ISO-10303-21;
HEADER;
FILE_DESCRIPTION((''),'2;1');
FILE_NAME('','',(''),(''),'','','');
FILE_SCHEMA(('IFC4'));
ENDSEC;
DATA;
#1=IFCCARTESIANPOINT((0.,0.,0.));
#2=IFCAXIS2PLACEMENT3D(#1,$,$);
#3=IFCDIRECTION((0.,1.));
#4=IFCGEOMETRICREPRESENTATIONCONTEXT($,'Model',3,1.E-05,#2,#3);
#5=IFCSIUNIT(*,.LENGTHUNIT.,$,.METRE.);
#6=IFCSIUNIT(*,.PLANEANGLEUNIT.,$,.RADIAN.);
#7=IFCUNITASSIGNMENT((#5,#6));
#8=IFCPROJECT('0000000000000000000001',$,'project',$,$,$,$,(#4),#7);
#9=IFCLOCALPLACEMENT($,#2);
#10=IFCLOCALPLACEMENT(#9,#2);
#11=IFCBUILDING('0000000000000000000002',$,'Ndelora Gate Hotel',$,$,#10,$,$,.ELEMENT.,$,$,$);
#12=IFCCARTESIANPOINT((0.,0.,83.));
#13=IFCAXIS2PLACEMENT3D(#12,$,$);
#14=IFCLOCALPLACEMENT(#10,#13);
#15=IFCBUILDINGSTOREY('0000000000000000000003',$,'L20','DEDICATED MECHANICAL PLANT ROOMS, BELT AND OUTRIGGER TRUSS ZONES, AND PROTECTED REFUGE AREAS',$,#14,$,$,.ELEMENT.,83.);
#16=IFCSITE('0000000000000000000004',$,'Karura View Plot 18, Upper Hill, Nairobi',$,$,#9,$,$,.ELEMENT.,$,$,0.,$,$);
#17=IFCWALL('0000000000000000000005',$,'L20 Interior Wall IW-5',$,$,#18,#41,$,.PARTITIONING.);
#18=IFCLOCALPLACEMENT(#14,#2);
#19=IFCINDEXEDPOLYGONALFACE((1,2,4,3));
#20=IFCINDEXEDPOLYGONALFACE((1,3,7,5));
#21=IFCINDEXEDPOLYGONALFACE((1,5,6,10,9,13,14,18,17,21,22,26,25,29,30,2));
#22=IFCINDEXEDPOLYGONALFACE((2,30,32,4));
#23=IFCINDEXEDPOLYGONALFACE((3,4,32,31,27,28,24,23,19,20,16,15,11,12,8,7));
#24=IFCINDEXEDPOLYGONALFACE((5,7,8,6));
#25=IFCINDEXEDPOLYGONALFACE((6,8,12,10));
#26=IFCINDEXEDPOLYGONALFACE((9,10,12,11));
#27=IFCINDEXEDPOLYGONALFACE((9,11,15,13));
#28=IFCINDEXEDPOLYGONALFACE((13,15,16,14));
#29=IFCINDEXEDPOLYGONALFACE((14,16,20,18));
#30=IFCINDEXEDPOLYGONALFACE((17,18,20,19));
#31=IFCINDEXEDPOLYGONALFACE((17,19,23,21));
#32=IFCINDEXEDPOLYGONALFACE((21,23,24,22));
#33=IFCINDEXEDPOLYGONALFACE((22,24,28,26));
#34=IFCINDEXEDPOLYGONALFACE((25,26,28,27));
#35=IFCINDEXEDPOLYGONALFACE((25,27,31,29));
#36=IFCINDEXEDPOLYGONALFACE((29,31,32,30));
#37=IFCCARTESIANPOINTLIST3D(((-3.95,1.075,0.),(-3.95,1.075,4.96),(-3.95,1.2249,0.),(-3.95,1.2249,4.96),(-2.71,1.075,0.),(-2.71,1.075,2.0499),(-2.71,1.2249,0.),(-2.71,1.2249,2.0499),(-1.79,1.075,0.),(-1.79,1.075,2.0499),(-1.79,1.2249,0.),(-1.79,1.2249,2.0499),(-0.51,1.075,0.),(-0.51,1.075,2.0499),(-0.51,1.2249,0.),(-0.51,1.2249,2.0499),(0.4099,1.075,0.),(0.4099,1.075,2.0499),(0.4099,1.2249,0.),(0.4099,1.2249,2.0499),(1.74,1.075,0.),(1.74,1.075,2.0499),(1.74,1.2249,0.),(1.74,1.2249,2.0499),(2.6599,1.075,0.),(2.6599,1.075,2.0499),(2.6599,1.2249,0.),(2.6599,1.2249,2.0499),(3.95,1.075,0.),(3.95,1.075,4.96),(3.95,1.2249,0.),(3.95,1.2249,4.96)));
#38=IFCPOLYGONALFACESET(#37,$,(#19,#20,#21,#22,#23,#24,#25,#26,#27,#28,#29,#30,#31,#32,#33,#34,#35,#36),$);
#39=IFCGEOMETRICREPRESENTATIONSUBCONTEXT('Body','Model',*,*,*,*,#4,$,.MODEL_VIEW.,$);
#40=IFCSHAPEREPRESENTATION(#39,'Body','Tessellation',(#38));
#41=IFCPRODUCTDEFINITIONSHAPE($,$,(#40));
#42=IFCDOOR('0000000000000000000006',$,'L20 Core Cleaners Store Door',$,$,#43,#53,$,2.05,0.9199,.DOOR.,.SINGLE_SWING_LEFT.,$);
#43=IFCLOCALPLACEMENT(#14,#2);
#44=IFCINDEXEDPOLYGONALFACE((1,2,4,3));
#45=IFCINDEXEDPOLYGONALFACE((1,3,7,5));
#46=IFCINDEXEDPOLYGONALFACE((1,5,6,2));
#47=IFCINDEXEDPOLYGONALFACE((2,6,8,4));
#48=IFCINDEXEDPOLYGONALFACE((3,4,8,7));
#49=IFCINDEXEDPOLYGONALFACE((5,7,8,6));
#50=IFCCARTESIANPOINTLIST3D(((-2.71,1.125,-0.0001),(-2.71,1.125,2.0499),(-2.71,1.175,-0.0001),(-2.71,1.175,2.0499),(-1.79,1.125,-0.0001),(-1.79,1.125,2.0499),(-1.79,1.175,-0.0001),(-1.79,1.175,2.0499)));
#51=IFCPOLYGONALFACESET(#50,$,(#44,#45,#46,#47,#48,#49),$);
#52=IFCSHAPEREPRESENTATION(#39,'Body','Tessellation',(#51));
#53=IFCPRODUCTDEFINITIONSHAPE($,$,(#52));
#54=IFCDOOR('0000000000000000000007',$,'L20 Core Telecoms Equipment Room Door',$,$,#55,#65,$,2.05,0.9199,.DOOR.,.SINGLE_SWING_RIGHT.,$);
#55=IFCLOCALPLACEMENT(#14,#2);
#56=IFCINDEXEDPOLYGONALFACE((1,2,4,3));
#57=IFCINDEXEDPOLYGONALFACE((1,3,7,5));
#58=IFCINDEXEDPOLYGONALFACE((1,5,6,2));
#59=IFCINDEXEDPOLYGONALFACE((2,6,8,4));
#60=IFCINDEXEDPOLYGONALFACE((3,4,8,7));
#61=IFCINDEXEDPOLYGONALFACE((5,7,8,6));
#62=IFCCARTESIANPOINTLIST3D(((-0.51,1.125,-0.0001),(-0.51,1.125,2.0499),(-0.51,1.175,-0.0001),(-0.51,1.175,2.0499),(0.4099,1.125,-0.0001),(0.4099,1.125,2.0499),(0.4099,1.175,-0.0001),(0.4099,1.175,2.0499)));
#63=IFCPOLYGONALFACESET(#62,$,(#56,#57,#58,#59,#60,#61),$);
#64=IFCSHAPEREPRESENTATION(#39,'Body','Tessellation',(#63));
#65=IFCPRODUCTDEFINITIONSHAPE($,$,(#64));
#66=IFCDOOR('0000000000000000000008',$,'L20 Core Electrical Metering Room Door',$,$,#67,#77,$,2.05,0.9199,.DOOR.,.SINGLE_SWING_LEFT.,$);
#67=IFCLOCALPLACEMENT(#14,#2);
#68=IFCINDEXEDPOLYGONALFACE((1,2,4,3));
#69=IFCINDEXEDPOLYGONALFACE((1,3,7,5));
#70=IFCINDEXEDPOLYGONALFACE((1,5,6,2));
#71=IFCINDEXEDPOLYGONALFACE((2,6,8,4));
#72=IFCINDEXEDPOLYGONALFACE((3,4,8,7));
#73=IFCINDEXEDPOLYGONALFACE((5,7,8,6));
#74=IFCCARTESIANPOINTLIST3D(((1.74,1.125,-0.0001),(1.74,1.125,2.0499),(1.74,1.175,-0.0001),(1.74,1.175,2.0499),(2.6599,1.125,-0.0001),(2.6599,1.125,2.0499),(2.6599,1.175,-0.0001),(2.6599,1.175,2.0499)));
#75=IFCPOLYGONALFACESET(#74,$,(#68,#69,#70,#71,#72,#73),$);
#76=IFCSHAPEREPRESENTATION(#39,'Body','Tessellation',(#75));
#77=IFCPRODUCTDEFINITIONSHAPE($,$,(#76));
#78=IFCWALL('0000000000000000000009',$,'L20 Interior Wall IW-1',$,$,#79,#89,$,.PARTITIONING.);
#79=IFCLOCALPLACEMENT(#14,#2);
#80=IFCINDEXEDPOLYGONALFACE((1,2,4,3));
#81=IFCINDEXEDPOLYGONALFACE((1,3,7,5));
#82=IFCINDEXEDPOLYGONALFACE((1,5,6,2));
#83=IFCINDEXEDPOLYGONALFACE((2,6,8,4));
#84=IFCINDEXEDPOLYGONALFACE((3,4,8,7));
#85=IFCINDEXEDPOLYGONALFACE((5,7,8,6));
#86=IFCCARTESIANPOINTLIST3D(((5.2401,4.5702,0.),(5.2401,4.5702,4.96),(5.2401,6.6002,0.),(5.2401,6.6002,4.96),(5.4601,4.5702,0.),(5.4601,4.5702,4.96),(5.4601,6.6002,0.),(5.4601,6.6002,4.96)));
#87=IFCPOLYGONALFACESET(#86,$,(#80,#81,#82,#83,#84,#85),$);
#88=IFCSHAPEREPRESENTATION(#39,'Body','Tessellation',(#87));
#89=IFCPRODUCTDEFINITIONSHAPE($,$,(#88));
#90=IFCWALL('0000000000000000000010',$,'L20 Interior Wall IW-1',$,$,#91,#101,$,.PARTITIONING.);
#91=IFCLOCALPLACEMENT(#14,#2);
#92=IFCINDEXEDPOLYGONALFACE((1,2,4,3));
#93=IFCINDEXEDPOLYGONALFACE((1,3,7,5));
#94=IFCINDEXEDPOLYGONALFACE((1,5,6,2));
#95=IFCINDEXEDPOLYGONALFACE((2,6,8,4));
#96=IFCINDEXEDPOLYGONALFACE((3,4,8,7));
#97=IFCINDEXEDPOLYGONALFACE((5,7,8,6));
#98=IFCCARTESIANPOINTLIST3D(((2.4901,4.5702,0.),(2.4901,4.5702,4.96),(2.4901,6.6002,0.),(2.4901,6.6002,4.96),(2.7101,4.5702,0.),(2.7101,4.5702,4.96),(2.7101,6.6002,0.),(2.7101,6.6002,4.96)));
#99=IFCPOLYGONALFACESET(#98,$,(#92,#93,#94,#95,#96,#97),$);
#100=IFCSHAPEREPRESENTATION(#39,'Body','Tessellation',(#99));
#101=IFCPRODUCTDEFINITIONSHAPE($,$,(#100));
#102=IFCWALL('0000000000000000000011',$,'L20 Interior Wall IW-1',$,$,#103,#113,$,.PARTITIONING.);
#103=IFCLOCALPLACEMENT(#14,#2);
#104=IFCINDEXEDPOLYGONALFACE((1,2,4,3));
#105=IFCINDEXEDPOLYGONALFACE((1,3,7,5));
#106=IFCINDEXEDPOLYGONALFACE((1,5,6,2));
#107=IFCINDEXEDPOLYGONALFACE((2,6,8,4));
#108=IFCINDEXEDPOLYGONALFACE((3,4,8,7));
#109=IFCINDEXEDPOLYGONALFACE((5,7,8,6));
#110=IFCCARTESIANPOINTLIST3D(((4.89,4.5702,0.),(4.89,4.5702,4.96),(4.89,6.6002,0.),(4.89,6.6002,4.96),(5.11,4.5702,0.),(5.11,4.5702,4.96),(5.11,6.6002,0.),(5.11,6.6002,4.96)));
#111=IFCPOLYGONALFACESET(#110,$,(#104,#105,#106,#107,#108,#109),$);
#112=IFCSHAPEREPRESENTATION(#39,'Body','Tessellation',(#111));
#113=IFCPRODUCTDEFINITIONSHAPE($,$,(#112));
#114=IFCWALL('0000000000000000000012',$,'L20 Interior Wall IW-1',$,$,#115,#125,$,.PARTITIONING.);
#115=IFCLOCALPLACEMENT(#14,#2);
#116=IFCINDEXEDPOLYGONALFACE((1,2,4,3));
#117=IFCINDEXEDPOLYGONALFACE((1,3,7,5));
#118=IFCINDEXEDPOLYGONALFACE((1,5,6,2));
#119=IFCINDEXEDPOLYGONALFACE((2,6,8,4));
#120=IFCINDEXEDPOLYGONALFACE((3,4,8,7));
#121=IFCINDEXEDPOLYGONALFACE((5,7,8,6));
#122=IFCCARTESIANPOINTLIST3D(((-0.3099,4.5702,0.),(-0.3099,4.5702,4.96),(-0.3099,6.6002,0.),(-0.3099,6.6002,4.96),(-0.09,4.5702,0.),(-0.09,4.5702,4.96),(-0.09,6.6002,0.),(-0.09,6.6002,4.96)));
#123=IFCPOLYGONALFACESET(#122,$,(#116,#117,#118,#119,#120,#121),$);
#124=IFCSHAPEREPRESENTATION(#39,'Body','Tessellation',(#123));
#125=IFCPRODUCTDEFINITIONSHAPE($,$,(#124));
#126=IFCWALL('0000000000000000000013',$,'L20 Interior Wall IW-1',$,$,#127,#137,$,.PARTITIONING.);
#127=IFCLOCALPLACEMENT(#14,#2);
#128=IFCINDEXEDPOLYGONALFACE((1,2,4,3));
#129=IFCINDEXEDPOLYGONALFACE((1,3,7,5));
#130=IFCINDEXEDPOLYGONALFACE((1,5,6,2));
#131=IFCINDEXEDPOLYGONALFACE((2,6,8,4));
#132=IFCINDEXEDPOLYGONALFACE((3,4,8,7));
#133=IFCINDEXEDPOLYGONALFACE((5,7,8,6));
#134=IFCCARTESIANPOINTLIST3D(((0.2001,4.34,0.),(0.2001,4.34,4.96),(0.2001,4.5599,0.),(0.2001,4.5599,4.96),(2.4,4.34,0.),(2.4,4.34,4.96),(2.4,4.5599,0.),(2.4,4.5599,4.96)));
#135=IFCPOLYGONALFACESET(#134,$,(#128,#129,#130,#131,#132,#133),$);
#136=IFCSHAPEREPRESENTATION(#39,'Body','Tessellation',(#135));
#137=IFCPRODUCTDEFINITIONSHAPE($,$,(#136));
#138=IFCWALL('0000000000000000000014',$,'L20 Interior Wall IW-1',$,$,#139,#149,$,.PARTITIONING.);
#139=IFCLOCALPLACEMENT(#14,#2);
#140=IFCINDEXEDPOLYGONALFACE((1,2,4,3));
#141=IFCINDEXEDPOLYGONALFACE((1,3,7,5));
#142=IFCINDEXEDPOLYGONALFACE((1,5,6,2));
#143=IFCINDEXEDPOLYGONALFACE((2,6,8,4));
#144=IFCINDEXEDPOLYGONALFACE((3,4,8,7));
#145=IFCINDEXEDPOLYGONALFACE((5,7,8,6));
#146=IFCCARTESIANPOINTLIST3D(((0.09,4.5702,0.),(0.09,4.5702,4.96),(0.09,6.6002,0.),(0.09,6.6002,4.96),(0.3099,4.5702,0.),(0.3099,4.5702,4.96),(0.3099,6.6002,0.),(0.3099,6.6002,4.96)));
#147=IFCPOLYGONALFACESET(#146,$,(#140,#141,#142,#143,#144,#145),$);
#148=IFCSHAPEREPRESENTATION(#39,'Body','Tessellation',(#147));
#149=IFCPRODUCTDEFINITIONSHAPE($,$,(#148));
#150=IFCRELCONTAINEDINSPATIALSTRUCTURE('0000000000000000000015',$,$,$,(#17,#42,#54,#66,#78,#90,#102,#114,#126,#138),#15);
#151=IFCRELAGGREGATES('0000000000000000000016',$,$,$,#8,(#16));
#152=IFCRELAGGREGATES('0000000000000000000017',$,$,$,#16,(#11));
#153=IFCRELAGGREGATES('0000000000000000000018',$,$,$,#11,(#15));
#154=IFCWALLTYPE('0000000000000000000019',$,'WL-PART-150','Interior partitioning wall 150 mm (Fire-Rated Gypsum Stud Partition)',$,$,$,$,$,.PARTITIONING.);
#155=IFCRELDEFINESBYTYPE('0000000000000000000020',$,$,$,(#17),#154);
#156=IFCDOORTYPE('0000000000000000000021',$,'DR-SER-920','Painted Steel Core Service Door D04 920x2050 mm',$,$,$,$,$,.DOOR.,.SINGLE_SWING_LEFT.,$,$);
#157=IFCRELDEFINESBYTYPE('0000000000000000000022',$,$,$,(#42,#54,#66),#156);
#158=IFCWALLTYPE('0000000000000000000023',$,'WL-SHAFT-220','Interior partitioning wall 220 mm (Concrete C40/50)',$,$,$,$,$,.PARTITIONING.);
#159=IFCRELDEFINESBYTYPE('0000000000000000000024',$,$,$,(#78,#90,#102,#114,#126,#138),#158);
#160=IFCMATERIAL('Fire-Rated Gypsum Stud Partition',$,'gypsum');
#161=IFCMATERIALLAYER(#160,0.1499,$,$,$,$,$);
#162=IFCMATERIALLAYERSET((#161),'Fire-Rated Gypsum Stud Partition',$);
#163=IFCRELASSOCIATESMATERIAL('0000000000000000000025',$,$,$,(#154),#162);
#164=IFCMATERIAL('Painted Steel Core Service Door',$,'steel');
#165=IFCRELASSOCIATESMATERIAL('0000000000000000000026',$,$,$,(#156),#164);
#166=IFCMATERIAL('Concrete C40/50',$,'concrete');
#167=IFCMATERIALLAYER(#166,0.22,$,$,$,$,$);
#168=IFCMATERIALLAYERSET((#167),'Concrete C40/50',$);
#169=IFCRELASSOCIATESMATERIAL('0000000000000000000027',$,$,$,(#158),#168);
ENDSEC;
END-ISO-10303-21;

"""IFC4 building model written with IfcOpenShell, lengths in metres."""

from ifc_helpers import new_model, si_unit, direction, frame, frame_2d, origin, place, context, subcontext, project, spatial, rectangle, extrude, material, layer, layer_set, type_object, element, fill, save


model = new_model("IFC4")

# Units and contexts
model_context = context("Model", 3, precision=1e-05, world=origin(), true_north=direction((0.0, 1.0)))
body_context = subcontext(model_context, "Body", "Model", "MODEL_VIEW")
ifc_project = project(units=[si_unit("LENGTHUNIT", "METRE"), si_unit("PLANEANGLEUNIT", "RADIAN")], contexts=[model_context])

# Site, building, storey
site_placement = place(None, origin())
site = spatial("IfcSite", under=ifc_project, at=site_placement, Name="Karura View Plot 18, Upper Hill, Nairobi", CompositionType="ELEMENT", RefElevation=0.0)
building_placement = place(site_placement, origin())
building = spatial("IfcBuilding", under=site, at=building_placement, Name="Ndelora Gate Hotel", CompositionType="ELEMENT")
storey_placement = place(building_placement, frame((0.0, 0.0, 83.0)))
storey = spatial("IfcBuildingStorey", under=building, at=storey_placement, Name="L20", Description="DEDICATED MECHANICAL PLANT ROOMS, BELT AND OUTRIGGER TRUSS ZONES, AND PROTECTED REFUGE AREAS", CompositionType="ELEMENT", Elevation=83.0)

# Shared definitions
ifc_material_1 = material(Name="Concrete C40/50", Category="concrete")

# Wall, openings, doors
ifc_material_2 = material(Name="Fire-Rated Gypsum Stud Partition", Category="gypsum")
ifc_layer_1 = layer(ifc_material_2, 0.1499)
ifc_layer_set_1 = layer_set([ifc_layer_1], Name="Fire-Rated Gypsum Stud Partition")
wall_type_1 = type_object("IfcWallType", Name="WL-PART-150", Description="Interior partitioning wall 150 mm (Fire-Rated Gypsum Stud Partition)", PredefinedType="PARTITIONING", material=ifc_layer_set_1)
wall_1_placement = place(storey_placement, frame((3.95, 1.1499, 0.0), z_axis=(0.0, 0.0, 1.0), x_axis=(-1.0, 0.0, 0.0)))
wall_1 = element("IfcWall", 1, at=wall_1_placement, inside=storey, type_object=wall_type_1, Name="L20 Interior Wall IW-5", PredefinedType="PARTITIONING", context=body_context, shape_type="SweptSolid", body=[
    extrude(rectangle(XDim=7.8999, YDim=0.1499, at=frame_2d((3.95, 0.0))), origin(), (0.0, 0.0, 1.0), 4.96),
])
opening_1_placement = place(wall_1_placement, frame((5.74, 0.0, 0.0)))
opening_1 = element("IfcOpeningElement", 2, at=opening_1_placement, cuts=wall_1, PredefinedType="OPENING", context=body_context, shape_type="SweptSolid", body=[
    extrude(rectangle(XDim=0.9199, YDim=2.05, at=frame_2d((0.46, 1.0249))), frame((0.0, 0.085, 0.0), z_axis=(0.0, -1.0, 0.0), x_axis=(1.0, 0.0, 0.0)), (0.0, 0.0, 1.0), 0.1699),
])
opening_2_placement = place(wall_1_placement, frame((3.54, 0.0, 0.0)))
opening_2 = element("IfcOpeningElement", 3, at=opening_2_placement, cuts=wall_1, PredefinedType="OPENING", context=body_context, shape_type="SweptSolid", body=[
    extrude(rectangle(XDim=0.9199, YDim=2.05, at=frame_2d((0.46, 1.0249))), frame((0.0, 0.085, 0.0), z_axis=(0.0, -1.0, 0.0), x_axis=(1.0, 0.0, 0.0)), (0.0, 0.0, 1.0), 0.1699),
])
opening_3_placement = place(wall_1_placement, frame((1.29, 0.0, 0.0)))
opening_3 = element("IfcOpeningElement", 4, at=opening_3_placement, cuts=wall_1, PredefinedType="OPENING", context=body_context, shape_type="SweptSolid", body=[
    extrude(rectangle(XDim=0.9199, YDim=2.05, at=frame_2d((0.46, 1.0249))), frame((0.0, 0.085, 0.0), z_axis=(0.0, -1.0, 0.0), x_axis=(1.0, 0.0, 0.0)), (0.0, 0.0, 1.0), 0.1699),
])
ifc_material_3 = material(Name="Painted Steel Core Service Door", Category="steel")
door_type_1 = type_object("IfcDoorType", Name="DR-SER-920", Description="Painted Steel Core Service Door D04 920x2050 mm", OperationType="SINGLE_SWING_LEFT", PredefinedType="DOOR", material=ifc_material_3)
door_1_placement = place(opening_1_placement, origin())
door_1 = element("IfcDoor", 5, at=door_1_placement, inside=storey, type_object=door_type_1, Name="L20 Core Cleaners Store Door", OperationType="SINGLE_SWING_LEFT", OverallHeight=2.05, OverallWidth=0.9199, PredefinedType="DOOR", context=body_context, shape_type="SweptSolid", body=[
    extrude(rectangle(XDim=0.9199, YDim=2.05, at=frame_2d((0.46, 1.0249))), frame((0.0, 0.0249, 0.0), z_axis=(0.0, -1.0, 0.0), x_axis=(1.0, 0.0, 0.0)), (0.0, 0.0, 1.0), 0.05),
])
fill(opening_1, door_1)
door_2_placement = place(opening_2_placement, origin())
door_2 = element("IfcDoor", 6, at=door_2_placement, inside=storey, type_object=door_type_1, Name="L20 Core Telecoms Equipment Room Door", OperationType="SINGLE_SWING_RIGHT", OverallHeight=2.05, OverallWidth=0.9199, PredefinedType="DOOR", context=body_context, shape_type="SweptSolid", body=[
    extrude(rectangle(XDim=0.9199, YDim=2.05, at=frame_2d((0.46, 1.0249))), frame((0.0, 0.0249, 0.0), z_axis=(0.0, -1.0, 0.0), x_axis=(1.0, 0.0, 0.0)), (0.0, 0.0, 1.0), 0.05),
])
fill(opening_2, door_2)
door_3_placement = place(opening_3_placement, origin())
door_3 = element("IfcDoor", 7, at=door_3_placement, inside=storey, type_object=door_type_1, Name="L20 Core Electrical Metering Room Door", OperationType="SINGLE_SWING_LEFT", OverallHeight=2.05, OverallWidth=0.9199, PredefinedType="DOOR", context=body_context, shape_type="SweptSolid", body=[
    extrude(rectangle(XDim=0.9199, YDim=2.05, at=frame_2d((0.46, 1.0249))), frame((0.0, 0.0249, 0.0), z_axis=(0.0, -1.0, 0.0), x_axis=(1.0, 0.0, 0.0)), (0.0, 0.0, 1.0), 0.05),
])
fill(opening_3, door_3)

# Shared definitions
ifc_layer_2 = layer(ifc_material_1, 0.22)
ifc_layer_set_2 = layer_set([ifc_layer_2], Name="Concrete C40/50")
wall_type_2 = type_object("IfcWallType", Name="WL-SHAFT-220", Description="Interior partitioning wall 220 mm (Concrete C40/50)", PredefinedType="PARTITIONING", material=ifc_layer_set_2)

# Wall
wall_2_placement = place(storey_placement, frame((5.3501, 4.5701, 0.0), z_axis=(0.0, 0.0, 1.0), x_axis=(0.0, 1.0, 0.0)))
element("IfcWall", 8, at=wall_2_placement, inside=storey, type_object=wall_type_2, Name="L20 Interior Wall IW-1", PredefinedType="PARTITIONING", context=body_context, shape_type="SweptSolid", body=[
    extrude(rectangle(XDim=2.03, YDim=0.22, at=frame_2d((1.0151, 0.0))), origin(), (0.0, 0.0, 1.0), 4.96),
])

# Walls
for number, where, z_axis, x_axis, name in (
    (9, (2.6001, 4.5701, 0.0), (0.0, 0.0, 1.0), (0.0, 1.0, 0.0), "L20 Interior Wall IW-1"),
    (10, (5.0, 4.5701, 0.0), (0.0, 0.0, 1.0), (0.0, 1.0, 0.0), "L20 Interior Wall IW-1"),
    (11, (-0.2, 4.5701, 0.0), (0.0, 0.0, 1.0), (0.0, 1.0, 0.0), "L20 Interior Wall IW-1"),
):
    element("IfcWall", number, at=place(storey_placement, frame(where, z_axis=z_axis, x_axis=x_axis)), inside=storey, type_object=wall_type_2, Name=name, PredefinedType="PARTITIONING", context=body_context, shape_type="SweptSolid", body=[
        extrude(rectangle(XDim=2.03, YDim=0.22, at=frame_2d((1.0151, 0.0))), origin(), (0.0, 0.0, 1.0), 4.96),
    ])
wall_3_placement = place(storey_placement, frame((0.2, 4.45, 0.0), z_axis=(0.0, 0.0, 1.0), x_axis=(1.0, 0.0, 0.0)))
element("IfcWall", 12, at=wall_3_placement, inside=storey, type_object=wall_type_2, Name="L20 Interior Wall IW-1", PredefinedType="PARTITIONING", context=body_context, shape_type="SweptSolid", body=[
    extrude(rectangle(XDim=2.2, YDim=0.22, at=frame_2d((1.1001, 0.0))), origin(), (0.0, 0.0, 1.0), 4.96),
])
wall_4_placement = place(storey_placement, frame((0.2, 4.5701, 0.0), z_axis=(0.0, 0.0, 1.0), x_axis=(0.0, 1.0, 0.0)))
element("IfcWall", 13, at=wall_4_placement, inside=storey, type_object=wall_type_2, Name="L20 Interior Wall IW-1", PredefinedType="PARTITIONING", context=body_context, shape_type="SweptSolid", body=[
    extrude(rectangle(XDim=2.03, YDim=0.22, at=frame_2d((1.0151, 0.0))), origin(), (0.0, 0.0, 1.0), 4.96),
])

save(model, "model.ifc")
